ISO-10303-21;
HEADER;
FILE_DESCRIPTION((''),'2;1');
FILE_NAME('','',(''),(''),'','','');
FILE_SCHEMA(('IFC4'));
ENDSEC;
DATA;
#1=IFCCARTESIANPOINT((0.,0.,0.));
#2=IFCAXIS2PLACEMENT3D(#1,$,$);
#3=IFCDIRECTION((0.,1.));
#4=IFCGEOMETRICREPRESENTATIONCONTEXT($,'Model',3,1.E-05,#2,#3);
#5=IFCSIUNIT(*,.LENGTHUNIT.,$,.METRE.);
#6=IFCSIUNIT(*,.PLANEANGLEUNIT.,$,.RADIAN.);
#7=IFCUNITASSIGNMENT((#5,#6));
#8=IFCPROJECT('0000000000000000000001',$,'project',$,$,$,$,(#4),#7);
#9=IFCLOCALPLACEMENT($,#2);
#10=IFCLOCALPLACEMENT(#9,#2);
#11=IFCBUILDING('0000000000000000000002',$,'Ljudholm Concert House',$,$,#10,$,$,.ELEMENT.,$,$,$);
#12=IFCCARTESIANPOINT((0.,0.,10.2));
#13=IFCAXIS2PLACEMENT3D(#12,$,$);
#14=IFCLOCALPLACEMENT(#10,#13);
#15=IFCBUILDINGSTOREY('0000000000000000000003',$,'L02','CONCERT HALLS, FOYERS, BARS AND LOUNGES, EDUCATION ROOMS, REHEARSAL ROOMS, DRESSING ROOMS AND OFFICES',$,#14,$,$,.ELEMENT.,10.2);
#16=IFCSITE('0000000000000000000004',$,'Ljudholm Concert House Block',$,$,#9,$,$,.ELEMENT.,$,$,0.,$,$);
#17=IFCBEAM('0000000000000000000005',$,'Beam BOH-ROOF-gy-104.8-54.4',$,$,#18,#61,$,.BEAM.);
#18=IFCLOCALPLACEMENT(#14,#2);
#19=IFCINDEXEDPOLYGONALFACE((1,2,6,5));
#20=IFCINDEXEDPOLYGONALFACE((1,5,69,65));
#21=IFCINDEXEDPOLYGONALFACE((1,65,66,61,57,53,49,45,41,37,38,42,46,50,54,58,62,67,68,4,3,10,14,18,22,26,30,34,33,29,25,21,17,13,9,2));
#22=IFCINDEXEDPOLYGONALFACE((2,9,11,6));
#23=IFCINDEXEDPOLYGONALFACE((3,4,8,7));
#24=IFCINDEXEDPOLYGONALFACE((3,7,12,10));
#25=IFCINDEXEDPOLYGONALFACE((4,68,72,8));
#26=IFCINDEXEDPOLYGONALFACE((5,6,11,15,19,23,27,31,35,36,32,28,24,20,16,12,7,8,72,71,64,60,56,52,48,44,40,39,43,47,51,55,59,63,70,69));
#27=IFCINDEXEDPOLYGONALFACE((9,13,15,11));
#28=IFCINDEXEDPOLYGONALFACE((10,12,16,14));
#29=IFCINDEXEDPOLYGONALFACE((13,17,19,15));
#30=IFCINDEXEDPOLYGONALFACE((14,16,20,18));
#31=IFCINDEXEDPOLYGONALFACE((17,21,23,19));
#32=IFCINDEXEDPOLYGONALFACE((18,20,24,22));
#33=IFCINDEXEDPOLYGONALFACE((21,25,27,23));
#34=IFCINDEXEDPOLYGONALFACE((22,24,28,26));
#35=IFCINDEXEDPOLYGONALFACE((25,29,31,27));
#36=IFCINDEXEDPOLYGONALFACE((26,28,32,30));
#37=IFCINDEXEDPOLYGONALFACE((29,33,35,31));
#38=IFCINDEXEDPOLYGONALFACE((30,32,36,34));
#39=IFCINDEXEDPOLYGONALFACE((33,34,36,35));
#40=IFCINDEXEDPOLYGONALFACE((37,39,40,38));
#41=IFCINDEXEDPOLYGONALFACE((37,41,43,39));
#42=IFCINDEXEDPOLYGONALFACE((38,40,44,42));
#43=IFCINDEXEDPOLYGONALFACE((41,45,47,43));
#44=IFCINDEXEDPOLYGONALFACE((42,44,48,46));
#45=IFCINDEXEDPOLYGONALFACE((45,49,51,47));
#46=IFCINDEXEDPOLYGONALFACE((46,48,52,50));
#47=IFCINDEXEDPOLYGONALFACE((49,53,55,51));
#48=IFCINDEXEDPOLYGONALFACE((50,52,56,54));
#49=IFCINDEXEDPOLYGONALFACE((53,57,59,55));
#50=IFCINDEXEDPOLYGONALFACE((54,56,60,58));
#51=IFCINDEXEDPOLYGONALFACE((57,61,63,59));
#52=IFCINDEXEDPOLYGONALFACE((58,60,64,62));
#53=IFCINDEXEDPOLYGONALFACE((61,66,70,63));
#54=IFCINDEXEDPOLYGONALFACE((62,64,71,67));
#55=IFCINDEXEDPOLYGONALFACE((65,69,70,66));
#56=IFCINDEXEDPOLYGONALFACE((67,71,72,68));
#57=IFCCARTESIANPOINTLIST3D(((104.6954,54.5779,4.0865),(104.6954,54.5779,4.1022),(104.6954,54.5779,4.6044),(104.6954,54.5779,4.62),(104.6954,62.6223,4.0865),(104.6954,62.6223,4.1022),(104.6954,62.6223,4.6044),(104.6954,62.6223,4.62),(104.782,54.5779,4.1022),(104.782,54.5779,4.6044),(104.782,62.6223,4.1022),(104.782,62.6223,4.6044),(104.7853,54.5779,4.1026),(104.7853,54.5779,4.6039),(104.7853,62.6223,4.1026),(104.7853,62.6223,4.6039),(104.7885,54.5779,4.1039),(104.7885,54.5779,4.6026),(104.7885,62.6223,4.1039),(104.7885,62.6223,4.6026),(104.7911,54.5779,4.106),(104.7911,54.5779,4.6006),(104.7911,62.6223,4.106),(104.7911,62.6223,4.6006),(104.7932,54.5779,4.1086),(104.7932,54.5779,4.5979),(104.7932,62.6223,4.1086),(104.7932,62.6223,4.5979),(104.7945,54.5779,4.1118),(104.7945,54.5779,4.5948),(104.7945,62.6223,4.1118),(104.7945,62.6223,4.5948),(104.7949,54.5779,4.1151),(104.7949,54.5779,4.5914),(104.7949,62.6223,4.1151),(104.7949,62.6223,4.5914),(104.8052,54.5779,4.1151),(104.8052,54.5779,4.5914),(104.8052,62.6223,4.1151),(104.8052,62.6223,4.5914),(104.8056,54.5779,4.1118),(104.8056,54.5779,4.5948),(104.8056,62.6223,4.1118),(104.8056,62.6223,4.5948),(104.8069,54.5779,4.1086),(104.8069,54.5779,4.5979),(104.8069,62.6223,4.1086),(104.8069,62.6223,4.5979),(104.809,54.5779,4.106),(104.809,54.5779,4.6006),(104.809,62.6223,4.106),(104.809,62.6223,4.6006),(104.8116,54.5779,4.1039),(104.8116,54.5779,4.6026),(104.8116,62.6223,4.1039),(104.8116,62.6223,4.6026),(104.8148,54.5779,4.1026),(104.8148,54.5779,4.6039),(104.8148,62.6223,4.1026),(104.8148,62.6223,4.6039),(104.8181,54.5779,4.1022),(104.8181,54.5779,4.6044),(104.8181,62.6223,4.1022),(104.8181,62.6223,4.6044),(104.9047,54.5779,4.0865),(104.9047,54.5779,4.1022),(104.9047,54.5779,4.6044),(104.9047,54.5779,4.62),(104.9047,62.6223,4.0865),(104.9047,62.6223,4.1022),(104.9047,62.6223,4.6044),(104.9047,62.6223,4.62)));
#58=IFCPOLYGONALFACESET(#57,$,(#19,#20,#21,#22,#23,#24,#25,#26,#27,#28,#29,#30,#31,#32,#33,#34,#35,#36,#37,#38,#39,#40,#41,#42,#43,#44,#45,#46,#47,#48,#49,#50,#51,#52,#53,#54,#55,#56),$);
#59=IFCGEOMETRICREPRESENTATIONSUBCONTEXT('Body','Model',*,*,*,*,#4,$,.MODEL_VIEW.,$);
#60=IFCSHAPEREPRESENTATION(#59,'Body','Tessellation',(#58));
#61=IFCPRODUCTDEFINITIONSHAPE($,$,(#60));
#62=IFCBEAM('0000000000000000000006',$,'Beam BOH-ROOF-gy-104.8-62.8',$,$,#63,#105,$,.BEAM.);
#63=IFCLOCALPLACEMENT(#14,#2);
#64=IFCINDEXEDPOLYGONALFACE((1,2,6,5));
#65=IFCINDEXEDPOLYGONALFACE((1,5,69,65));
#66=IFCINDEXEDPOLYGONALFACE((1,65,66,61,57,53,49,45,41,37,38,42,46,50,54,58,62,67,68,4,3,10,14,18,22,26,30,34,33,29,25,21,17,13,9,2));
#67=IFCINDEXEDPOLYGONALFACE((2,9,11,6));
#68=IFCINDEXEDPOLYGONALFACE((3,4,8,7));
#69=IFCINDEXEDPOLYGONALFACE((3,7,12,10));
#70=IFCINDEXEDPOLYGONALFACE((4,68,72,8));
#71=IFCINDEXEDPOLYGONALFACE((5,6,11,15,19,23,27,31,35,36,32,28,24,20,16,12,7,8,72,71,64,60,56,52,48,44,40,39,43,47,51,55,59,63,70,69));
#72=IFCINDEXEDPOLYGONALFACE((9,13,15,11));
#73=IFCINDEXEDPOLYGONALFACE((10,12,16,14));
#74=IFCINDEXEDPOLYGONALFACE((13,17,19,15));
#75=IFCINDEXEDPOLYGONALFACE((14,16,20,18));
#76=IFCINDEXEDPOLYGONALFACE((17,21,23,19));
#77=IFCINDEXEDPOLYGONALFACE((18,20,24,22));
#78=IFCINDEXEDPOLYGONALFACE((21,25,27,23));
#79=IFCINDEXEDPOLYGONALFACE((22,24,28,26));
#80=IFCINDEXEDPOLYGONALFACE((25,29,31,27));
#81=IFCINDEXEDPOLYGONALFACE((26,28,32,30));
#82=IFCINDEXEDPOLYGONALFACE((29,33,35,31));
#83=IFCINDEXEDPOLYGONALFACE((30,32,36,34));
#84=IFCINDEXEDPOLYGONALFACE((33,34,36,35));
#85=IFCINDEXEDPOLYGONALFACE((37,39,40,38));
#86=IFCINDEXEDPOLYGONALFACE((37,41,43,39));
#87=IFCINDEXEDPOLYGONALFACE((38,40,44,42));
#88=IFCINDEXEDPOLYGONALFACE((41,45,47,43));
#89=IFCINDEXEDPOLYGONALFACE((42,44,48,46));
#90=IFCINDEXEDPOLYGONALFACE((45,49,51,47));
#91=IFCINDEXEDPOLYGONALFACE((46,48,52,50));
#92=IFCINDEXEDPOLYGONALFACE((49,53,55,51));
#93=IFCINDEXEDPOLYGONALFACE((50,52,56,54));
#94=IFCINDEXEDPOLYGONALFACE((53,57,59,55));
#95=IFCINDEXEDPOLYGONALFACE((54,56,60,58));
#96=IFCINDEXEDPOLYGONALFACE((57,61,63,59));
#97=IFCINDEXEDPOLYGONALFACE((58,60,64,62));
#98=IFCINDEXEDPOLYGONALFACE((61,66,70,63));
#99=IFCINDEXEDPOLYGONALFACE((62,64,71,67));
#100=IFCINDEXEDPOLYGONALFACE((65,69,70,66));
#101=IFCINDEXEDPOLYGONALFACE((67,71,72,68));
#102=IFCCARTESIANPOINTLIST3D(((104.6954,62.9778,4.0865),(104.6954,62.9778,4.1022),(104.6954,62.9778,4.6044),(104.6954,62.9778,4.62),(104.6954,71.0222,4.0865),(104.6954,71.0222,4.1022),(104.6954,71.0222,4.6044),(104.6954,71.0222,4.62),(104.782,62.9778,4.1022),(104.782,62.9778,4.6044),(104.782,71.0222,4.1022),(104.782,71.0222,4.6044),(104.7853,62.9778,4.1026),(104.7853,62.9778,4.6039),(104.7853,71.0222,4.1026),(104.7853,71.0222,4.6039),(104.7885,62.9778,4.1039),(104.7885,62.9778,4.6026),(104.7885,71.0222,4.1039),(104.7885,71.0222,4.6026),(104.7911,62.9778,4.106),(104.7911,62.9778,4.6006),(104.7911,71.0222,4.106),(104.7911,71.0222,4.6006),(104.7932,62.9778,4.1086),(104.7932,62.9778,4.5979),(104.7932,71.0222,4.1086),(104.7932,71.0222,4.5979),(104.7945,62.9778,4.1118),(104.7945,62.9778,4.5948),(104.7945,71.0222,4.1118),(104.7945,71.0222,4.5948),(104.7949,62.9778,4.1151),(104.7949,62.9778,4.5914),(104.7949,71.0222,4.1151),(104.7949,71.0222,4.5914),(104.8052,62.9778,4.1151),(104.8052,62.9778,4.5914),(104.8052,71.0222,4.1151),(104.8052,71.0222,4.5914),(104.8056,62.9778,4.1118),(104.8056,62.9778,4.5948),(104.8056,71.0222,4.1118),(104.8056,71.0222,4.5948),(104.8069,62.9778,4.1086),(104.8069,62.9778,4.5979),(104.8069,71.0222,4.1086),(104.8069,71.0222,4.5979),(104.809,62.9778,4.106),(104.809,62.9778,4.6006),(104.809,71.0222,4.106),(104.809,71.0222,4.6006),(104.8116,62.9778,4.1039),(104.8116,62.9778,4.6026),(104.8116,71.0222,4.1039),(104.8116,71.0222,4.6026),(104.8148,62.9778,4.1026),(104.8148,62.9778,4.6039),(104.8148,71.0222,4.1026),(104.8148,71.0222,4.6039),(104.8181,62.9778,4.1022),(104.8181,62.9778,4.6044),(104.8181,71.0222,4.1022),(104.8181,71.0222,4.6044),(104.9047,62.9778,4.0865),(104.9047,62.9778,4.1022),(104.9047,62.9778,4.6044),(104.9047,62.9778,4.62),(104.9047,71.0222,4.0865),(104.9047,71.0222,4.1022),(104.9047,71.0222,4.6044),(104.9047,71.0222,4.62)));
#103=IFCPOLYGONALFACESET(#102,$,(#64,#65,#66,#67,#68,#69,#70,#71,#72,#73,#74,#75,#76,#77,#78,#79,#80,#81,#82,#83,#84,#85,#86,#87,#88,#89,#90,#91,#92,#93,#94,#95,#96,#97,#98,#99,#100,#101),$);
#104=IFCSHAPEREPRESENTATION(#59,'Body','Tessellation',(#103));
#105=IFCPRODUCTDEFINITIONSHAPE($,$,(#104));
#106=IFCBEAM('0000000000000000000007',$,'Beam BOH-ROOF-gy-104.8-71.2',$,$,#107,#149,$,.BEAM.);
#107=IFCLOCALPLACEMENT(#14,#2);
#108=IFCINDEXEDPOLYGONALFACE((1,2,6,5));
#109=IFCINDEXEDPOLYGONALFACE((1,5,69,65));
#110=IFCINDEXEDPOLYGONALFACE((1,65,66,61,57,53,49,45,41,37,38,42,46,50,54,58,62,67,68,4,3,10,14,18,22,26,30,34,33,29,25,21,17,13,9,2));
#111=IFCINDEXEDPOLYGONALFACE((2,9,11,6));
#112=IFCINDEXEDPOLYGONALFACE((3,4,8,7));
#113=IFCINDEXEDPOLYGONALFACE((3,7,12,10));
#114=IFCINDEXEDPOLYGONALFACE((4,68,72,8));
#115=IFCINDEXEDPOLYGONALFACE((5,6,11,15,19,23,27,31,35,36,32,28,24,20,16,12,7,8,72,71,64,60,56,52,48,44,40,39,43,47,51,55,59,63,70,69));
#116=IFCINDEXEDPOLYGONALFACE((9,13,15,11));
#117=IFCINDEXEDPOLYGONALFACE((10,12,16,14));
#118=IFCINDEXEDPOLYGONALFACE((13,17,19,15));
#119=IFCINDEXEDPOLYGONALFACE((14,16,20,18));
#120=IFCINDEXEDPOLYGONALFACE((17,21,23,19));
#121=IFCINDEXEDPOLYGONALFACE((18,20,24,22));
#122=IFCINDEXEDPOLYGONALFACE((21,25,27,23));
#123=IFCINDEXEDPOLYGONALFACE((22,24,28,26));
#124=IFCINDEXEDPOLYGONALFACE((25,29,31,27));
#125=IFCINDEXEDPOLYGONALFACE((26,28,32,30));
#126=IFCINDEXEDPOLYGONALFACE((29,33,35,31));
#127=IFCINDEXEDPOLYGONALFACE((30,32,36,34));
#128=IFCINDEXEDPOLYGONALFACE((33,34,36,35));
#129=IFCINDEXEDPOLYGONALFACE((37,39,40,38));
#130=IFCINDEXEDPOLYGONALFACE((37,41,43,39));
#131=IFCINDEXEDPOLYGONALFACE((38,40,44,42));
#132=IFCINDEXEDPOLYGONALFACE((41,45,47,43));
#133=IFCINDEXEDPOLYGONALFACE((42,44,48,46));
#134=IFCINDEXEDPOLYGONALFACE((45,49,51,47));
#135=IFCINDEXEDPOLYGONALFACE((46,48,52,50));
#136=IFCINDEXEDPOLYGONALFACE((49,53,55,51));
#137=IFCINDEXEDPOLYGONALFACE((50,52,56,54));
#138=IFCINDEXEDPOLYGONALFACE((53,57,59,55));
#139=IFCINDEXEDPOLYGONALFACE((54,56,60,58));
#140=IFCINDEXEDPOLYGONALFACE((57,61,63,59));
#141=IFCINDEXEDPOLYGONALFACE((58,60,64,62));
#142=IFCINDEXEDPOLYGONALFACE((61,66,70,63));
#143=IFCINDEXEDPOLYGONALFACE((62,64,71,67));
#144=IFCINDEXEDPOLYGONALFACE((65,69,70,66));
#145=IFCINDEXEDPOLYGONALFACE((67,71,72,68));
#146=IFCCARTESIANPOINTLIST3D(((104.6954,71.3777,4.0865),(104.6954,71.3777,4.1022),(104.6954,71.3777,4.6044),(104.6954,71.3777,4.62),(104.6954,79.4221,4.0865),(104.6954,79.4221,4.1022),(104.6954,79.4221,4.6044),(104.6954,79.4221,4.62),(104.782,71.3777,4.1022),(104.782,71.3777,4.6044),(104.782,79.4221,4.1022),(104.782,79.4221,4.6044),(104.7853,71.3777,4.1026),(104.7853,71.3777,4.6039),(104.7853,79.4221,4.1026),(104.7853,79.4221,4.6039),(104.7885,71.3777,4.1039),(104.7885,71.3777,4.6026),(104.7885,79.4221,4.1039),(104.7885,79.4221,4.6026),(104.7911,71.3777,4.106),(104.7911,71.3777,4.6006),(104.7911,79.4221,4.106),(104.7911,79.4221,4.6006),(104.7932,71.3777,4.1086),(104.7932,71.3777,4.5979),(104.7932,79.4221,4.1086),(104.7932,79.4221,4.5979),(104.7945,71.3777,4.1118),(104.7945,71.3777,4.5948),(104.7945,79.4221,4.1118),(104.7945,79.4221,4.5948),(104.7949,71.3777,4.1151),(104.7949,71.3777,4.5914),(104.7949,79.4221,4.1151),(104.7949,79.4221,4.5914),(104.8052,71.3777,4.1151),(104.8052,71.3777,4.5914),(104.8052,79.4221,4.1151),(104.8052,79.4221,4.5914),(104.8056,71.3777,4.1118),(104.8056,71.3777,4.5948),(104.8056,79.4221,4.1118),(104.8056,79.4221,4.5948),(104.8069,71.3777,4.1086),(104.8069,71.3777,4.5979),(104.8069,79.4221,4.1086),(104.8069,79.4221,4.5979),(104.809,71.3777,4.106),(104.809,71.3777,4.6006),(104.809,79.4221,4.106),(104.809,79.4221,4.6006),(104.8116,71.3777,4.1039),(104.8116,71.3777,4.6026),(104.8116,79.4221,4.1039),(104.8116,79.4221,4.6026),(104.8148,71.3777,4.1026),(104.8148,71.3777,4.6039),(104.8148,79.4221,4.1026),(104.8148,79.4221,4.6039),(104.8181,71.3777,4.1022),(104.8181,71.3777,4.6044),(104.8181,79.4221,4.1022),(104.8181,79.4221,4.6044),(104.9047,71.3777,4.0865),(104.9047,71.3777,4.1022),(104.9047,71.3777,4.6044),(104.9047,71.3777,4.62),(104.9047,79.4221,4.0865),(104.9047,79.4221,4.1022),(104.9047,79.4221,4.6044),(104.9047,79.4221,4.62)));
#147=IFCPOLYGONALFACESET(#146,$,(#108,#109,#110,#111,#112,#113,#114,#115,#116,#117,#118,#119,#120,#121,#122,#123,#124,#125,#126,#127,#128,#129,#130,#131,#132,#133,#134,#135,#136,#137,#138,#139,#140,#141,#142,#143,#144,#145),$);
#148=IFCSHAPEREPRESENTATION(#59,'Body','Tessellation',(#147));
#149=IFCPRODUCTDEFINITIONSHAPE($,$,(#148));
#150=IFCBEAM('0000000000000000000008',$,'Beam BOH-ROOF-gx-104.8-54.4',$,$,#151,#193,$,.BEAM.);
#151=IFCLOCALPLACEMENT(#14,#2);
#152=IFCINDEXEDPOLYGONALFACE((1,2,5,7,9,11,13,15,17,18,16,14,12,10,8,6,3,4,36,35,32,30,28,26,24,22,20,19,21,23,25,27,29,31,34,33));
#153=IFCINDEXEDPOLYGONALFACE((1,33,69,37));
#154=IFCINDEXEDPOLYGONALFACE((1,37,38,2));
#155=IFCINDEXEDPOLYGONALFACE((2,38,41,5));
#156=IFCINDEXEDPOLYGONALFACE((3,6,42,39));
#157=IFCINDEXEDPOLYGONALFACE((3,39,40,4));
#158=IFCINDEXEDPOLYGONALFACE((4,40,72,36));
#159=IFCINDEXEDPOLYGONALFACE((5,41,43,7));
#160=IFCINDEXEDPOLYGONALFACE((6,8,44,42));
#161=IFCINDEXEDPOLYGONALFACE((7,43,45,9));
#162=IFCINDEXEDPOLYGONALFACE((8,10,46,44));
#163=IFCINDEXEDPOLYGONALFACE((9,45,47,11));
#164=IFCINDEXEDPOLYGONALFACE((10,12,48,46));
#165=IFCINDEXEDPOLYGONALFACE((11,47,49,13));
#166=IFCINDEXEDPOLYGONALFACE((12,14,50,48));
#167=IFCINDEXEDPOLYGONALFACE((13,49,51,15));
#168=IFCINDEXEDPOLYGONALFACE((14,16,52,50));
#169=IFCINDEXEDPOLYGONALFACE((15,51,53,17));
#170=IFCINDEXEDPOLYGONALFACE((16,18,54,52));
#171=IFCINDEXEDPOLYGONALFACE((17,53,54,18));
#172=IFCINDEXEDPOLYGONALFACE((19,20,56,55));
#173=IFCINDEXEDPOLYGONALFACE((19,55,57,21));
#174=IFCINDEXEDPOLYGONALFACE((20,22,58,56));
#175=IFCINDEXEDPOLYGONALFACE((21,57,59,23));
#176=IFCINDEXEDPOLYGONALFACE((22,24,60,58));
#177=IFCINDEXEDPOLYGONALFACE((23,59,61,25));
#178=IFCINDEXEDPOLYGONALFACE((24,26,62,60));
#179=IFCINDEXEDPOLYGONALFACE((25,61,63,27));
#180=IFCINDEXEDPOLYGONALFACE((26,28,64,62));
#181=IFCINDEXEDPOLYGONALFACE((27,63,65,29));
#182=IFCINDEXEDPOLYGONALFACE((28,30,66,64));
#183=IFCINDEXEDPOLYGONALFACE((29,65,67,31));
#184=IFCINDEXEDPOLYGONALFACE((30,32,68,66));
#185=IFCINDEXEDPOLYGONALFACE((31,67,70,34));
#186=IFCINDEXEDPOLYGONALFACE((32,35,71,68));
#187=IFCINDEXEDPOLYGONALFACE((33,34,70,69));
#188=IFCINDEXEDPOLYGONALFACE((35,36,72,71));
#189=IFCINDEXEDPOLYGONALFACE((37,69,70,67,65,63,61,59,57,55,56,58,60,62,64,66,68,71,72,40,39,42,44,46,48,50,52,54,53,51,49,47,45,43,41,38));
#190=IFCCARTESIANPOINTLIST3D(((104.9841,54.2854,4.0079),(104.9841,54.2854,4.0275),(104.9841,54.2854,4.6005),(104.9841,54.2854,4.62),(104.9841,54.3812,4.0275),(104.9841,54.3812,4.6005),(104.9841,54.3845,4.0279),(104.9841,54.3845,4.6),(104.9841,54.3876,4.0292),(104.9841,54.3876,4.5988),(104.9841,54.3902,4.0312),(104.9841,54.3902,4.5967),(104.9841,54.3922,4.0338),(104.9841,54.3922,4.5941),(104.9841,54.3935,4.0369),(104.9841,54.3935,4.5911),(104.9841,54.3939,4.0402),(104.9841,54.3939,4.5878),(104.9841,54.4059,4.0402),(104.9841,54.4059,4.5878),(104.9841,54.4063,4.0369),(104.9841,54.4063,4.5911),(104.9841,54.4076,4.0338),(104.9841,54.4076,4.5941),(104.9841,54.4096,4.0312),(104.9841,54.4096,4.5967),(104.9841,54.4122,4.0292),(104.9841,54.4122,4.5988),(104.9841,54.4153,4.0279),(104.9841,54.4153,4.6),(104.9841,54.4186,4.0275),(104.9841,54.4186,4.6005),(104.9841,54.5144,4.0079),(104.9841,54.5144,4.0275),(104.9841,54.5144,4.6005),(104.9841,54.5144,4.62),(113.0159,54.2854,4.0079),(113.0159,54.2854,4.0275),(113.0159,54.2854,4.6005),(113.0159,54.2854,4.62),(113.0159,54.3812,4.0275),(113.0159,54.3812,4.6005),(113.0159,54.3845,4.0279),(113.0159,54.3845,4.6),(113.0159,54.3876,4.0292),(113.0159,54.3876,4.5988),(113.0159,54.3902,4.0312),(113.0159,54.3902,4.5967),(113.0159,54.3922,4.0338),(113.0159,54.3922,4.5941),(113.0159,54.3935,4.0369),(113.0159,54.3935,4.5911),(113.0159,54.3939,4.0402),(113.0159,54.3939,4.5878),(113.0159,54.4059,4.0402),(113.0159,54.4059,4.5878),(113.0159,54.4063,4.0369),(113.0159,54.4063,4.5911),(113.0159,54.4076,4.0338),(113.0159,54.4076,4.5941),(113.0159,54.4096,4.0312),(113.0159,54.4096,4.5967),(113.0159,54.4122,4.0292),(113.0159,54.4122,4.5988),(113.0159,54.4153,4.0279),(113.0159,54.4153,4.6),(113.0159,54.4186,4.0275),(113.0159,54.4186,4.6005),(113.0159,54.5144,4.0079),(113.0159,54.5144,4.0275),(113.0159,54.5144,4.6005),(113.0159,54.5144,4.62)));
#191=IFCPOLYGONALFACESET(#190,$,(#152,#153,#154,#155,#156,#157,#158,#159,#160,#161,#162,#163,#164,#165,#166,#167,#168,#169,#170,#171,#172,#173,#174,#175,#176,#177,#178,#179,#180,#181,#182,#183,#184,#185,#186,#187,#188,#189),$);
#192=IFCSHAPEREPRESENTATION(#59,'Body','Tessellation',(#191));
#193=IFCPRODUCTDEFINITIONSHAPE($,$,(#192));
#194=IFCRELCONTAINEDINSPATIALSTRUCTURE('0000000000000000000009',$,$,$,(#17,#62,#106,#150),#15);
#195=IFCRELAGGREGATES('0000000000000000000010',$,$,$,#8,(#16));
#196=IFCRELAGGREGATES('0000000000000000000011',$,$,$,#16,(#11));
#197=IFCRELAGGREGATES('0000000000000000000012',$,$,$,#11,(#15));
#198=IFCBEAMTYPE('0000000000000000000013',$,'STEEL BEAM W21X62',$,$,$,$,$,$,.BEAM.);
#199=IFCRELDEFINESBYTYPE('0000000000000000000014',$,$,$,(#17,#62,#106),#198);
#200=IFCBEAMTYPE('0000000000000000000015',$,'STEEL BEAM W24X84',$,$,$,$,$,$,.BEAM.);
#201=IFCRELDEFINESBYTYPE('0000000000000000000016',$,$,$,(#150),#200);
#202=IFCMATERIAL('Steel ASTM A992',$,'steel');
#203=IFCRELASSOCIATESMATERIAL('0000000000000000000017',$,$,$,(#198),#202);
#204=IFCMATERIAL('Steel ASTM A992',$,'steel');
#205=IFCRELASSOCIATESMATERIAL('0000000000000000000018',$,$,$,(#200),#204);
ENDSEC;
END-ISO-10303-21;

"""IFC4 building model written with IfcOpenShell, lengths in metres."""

from ifc_helpers import new_model, si_unit, direction, frame, origin, origin_2d, place, context, subcontext, project, spatial, i_section, extrude, material, material_profile, profile_set, type_object, element, save


model = new_model("IFC4")

# Units and contexts
model_context = context("Model", 3, precision=1e-05, world=origin(), true_north=direction((0.0, 1.0)))
body_context = subcontext(model_context, "Body", "Model", "MODEL_VIEW")
ifc_project = project(units=[si_unit("LENGTHUNIT", "METRE"), si_unit("PLANEANGLEUNIT", "RADIAN")], contexts=[model_context])

# Site, building, storey
site_placement = place(None, origin())
site = spatial("IfcSite", under=ifc_project, at=site_placement, Name="Ljudholm Concert House Block", CompositionType="ELEMENT", RefElevation=0.0)
building_placement = place(site_placement, origin())
building = spatial("IfcBuilding", under=site, at=building_placement, Name="Ljudholm Concert House", CompositionType="ELEMENT")
storey_placement = place(building_placement, frame((0.0, 0.0, 10.2)))
storey = spatial("IfcBuildingStorey", under=building, at=storey_placement, Name="L02", Description="CONCERT HALLS, FOYERS, BARS AND LOUNGES, EDUCATION ROOMS, REHEARSAL ROOMS, DRESSING ROOMS AND OFFICES", CompositionType="ELEMENT", Elevation=10.2)

# Beams
ifc_material_1 = material(Name="Steel ASTM A992", Category="steel")
ifc_material_profile_1 = material_profile(ifc_material_1, i_section(OverallWidth=0.2092, OverallDepth=0.5334, WebThickness=0.0103, FlangeThickness=0.0156, FilletRadius=0.0129, at=origin_2d()), Name="W21X62")
ifc_profile_set_1 = profile_set([ifc_material_profile_1], Name="Steel ASTM A992")
beam_type_1 = type_object("IfcBeamType", Name="STEEL BEAM W21X62", PredefinedType="BEAM", material=ifc_profile_set_1)
for number, where, z_axis, x_axis, name in (
    (1, (104.8, 54.5779, 4.3533), (0.0, 1.0, 0.0), (-1.0, 0.0, 0.0), "Beam BOH-ROOF-gy-104.8-54.4"),
    (2, (104.8, 62.9778, 4.3533), (0.0, 1.0, 0.0), (-1.0, 0.0, 0.0), "Beam BOH-ROOF-gy-104.8-62.8"),
    (3, (104.8, 71.3777, 4.3533), (0.0, 1.0, 0.0), (-1.0, 0.0, 0.0), "Beam BOH-ROOF-gy-104.8-71.2"),
):
    element("IfcBeam", number, at=place(storey_placement, frame(where, z_axis=z_axis, x_axis=x_axis)), inside=storey, type_object=beam_type_1, Name=name, PredefinedType="BEAM", context=body_context, shape_type="SweptSolid", body=[
        extrude(i_section(OverallWidth=0.2092, OverallDepth=0.5334, WebThickness=0.0103, FlangeThickness=0.0156, FilletRadius=0.0129, at=origin_2d()), origin(), (0.0, 0.0, 1.0), 8.0444),
    ])
ifc_material_2 = material(Name="Steel ASTM A992", Category="steel")
ifc_material_profile_2 = material_profile(ifc_material_2, i_section(OverallWidth=0.229, OverallDepth=0.6121, WebThickness=0.012, FlangeThickness=0.0195, FilletRadius=0.0127, at=origin_2d()), Name="W24X84")
ifc_profile_set_2 = profile_set([ifc_material_profile_2], Name="Steel ASTM A992")
beam_type_2 = type_object("IfcBeamType", Name="STEEL BEAM W24X84", PredefinedType="BEAM", material=ifc_profile_set_2)
for number, where, z_axis, x_axis, name in (
    (4, (104.9841, 54.3999, 4.314), (1.0, 0.0, 0.0), (0.0, 1.0, 0.0), "Beam BOH-ROOF-gx-104.8-54.4"),
):
    element("IfcBeam", number, at=place(storey_placement, frame(where, z_axis=z_axis, x_axis=x_axis)), inside=storey, type_object=beam_type_2, Name=name, PredefinedType="BEAM", context=body_context, shape_type="SweptSolid", body=[
        extrude(i_section(OverallWidth=0.229, OverallDepth=0.6121, WebThickness=0.012, FlangeThickness=0.0195, FilletRadius=0.0127, at=origin_2d()), origin(), (0.0, 0.0, 1.0), 8.0317),
    ])

save(model, "model.ifc")
